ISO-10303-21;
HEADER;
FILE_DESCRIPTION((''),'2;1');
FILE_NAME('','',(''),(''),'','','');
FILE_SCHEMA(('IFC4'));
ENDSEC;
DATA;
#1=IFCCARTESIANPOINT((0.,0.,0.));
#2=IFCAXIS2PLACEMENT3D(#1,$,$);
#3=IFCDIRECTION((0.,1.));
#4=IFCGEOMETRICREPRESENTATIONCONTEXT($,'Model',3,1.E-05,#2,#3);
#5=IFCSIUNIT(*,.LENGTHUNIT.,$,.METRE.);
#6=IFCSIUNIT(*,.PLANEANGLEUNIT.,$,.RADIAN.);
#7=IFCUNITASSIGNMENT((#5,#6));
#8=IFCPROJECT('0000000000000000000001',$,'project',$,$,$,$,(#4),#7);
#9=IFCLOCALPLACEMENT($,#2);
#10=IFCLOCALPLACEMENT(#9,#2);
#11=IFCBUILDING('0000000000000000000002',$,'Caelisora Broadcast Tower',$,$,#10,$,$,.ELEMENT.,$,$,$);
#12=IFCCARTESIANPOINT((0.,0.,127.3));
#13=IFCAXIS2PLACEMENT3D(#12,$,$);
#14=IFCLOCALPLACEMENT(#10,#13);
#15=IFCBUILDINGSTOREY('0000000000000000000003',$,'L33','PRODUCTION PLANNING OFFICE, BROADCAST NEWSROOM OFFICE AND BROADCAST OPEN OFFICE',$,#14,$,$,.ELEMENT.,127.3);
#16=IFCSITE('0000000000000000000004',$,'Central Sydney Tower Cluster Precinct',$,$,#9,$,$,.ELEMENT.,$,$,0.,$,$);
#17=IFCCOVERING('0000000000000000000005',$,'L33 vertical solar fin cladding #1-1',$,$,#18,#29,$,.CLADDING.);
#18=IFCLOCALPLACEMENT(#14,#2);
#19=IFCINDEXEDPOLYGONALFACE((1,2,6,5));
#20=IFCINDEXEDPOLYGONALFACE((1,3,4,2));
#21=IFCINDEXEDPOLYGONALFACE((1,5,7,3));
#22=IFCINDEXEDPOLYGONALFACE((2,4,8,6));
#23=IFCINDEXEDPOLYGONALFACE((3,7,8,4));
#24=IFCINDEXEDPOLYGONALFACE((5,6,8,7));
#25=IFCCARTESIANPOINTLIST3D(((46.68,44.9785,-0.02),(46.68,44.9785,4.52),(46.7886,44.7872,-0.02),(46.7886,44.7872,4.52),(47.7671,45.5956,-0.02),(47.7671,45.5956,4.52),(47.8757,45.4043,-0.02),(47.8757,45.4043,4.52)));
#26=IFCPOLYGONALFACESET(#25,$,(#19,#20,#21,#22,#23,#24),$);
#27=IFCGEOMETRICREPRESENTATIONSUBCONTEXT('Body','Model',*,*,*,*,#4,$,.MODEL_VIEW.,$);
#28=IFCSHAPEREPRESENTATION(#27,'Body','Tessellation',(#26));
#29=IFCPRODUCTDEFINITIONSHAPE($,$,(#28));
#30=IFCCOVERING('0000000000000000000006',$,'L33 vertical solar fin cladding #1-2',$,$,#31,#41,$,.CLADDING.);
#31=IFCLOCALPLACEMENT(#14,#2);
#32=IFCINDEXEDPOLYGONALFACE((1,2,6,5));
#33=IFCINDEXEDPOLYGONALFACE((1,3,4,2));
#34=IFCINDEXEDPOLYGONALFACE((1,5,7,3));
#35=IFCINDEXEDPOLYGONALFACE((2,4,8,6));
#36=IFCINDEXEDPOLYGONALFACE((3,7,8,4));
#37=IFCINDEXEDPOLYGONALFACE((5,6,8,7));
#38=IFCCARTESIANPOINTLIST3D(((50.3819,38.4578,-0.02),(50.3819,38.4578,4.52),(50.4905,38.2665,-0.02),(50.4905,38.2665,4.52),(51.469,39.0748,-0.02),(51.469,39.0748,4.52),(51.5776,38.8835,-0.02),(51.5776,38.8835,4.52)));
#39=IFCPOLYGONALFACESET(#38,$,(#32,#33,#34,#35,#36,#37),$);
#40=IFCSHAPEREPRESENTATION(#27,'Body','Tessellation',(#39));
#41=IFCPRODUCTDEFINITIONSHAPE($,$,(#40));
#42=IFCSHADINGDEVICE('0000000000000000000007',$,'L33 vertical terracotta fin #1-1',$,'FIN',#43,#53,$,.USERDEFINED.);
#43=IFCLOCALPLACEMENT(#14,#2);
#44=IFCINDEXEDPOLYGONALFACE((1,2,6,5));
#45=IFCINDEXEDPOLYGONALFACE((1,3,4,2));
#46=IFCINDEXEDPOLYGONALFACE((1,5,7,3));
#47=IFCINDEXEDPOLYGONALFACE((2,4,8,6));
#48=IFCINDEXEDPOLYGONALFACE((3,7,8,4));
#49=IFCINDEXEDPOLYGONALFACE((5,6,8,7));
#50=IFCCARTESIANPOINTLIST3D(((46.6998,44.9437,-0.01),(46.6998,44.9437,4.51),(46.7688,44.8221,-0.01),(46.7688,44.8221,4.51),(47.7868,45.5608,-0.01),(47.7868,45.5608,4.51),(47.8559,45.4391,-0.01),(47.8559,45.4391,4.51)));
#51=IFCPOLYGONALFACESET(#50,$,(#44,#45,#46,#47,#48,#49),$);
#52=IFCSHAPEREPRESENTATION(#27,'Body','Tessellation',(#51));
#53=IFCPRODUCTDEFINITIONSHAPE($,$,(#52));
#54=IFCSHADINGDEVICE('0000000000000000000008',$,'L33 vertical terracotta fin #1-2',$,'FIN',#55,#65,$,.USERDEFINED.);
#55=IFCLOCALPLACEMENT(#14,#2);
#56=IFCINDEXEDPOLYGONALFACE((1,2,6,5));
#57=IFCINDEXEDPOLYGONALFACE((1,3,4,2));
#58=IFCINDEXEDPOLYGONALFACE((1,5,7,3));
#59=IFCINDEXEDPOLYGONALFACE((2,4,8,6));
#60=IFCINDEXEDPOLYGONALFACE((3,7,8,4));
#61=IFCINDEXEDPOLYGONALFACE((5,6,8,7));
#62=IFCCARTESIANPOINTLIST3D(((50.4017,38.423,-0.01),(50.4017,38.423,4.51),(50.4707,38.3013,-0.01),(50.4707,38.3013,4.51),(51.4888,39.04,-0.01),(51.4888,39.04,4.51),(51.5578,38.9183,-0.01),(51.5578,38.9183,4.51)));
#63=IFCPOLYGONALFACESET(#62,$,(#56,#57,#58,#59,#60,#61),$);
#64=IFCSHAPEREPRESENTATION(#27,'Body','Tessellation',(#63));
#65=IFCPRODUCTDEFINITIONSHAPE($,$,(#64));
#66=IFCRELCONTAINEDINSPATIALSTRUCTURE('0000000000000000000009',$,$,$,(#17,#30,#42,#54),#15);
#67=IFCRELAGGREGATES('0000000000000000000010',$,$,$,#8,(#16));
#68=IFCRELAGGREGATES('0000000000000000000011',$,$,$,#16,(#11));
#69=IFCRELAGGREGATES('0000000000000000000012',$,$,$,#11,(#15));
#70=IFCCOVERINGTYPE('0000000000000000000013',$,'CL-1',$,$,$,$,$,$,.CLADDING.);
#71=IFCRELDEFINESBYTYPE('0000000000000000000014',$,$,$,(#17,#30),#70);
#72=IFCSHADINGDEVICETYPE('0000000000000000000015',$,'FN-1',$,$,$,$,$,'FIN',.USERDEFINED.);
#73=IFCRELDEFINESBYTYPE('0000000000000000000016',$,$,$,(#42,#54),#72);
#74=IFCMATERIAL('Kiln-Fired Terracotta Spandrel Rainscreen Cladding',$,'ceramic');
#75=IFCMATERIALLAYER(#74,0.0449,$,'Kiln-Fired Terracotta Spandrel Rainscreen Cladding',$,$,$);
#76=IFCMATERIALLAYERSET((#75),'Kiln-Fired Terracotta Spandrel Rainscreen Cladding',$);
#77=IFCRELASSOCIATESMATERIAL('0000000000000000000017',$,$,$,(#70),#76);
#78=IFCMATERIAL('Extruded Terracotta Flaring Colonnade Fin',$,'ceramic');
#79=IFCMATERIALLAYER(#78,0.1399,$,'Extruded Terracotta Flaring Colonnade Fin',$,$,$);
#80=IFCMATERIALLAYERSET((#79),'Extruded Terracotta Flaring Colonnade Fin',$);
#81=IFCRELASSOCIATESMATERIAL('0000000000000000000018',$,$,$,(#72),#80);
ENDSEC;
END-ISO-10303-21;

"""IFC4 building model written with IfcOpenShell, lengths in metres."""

from ifc_helpers import new_model, si_unit, direction, frame, origin, origin_2d, place, context, subcontext, project, spatial, rectangle, extrude, source, transform, mapped, material, layer, layer_set, type_object, type_shapes, element, save


model = new_model("IFC4")

# Units and contexts
model_context = context("Model", 3, precision=1e-05, world=origin(), true_north=direction((0.0, 1.0)))
body_context = subcontext(model_context, "Body", "Model", "MODEL_VIEW")
ifc_project = project(units=[si_unit("LENGTHUNIT", "METRE"), si_unit("PLANEANGLEUNIT", "RADIAN")], contexts=[model_context])

# Site, building, storey
site_placement = place(None, origin())
site = spatial("IfcSite", under=ifc_project, at=site_placement, Name="Central Sydney Tower Cluster Precinct", CompositionType="ELEMENT", RefElevation=0.0)
building_placement = place(site_placement, origin())
building = spatial("IfcBuilding", under=site, at=building_placement, Name="Caelisora Broadcast Tower", CompositionType="ELEMENT")
storey_placement = place(building_placement, frame((0.0, 0.0, 127.3)))
storey = spatial("IfcBuildingStorey", under=building, at=storey_placement, Name="L33", Description="PRODUCTION PLANNING OFFICE, BROADCAST NEWSROOM OFFICE AND BROADCAST OPEN OFFICE", CompositionType="ELEMENT", Elevation=127.3)

# Coverings
ifc_material_1 = material(Name="Kiln-Fired Terracotta Spandrel Rainscreen Cladding", Category="ceramic")
ifc_layer_1 = layer(ifc_material_1, 0.0449, Name="Kiln-Fired Terracotta Spandrel Rainscreen Cladding")
ifc_layer_set_1 = layer_set([ifc_layer_1], Name="Kiln-Fired Terracotta Spandrel Rainscreen Cladding")
covering_type = type_object("IfcCoveringType", Name="CL-1", PredefinedType="CLADDING", material=ifc_layer_set_1)
shared_shape_1 = source(origin(), body_context, "Body", "SweptSolid", [
    extrude(rectangle(XDim=0.22, YDim=1.25, at=origin_2d()), origin(), (0.0, 0.0, 1.0), 4.54),
])
type_shapes(covering_type, [shared_shape_1])
for number, where, z_axis, x_axis, name in (
    (1, (47.2778, 45.1914, -0.02), (0.0, 0.0, 1.0), (0.493638, -0.869667, 0.0), "L33 vertical solar fin cladding #1-1"),
    (2, (50.9797, 38.6707, -0.02), (0.0, 0.0, 1.0), (0.493638, -0.869667, 0.0), "L33 vertical solar fin cladding #1-2"),
):
    element("IfcCovering", number, at=place(storey_placement, frame(where, z_axis=z_axis, x_axis=x_axis)), inside=storey, type_object=covering_type, Name=name, PredefinedType="CLADDING", context=body_context, shape_type="MappedRepresentation", body=[
        mapped(shared_shape_1, transform((0.0, 0.0, 0.0), scale=1.0)),
    ])

# Shading devices
ifc_material_2 = material(Name="Extruded Terracotta Flaring Colonnade Fin", Category="ceramic")
ifc_layer_2 = layer(ifc_material_2, 0.1399, Name="Extruded Terracotta Flaring Colonnade Fin")
ifc_layer_set_2 = layer_set([ifc_layer_2], Name="Extruded Terracotta Flaring Colonnade Fin")
shading_device_type = type_object("IfcShadingDeviceType", Name="FN-1", ElementType="FIN", PredefinedType="USERDEFINED", material=ifc_layer_set_2)
shared_shape_2 = source(origin(), body_context, "Body", "SweptSolid", [
    extrude(rectangle(XDim=0.1399, YDim=1.25, at=origin_2d()), origin(), (0.0, 0.0, 1.0), 4.52),
])
type_shapes(shading_device_type, [shared_shape_2])
for number, where, z_axis, x_axis, name in (
    (3, (47.2778, 45.1914, -0.01), (0.0, 0.0, 1.0), (0.493638, -0.869667, 0.0), "L33 vertical terracotta fin #1-1"),
    (4, (50.9797, 38.6707, -0.01), (0.0, 0.0, 1.0), (0.493638, -0.869667, 0.0), "L33 vertical terracotta fin #1-2"),
):
    element("IfcShadingDevice", number, at=place(storey_placement, frame(where, z_axis=z_axis, x_axis=x_axis)), inside=storey, type_object=shading_device_type, Name=name, ObjectType="FIN", PredefinedType="USERDEFINED", context=body_context, shape_type="MappedRepresentation", body=[
        mapped(shared_shape_2, transform((0.0, 0.0, 0.0), scale=1.0)),
    ])

save(model, "model.ifc")
